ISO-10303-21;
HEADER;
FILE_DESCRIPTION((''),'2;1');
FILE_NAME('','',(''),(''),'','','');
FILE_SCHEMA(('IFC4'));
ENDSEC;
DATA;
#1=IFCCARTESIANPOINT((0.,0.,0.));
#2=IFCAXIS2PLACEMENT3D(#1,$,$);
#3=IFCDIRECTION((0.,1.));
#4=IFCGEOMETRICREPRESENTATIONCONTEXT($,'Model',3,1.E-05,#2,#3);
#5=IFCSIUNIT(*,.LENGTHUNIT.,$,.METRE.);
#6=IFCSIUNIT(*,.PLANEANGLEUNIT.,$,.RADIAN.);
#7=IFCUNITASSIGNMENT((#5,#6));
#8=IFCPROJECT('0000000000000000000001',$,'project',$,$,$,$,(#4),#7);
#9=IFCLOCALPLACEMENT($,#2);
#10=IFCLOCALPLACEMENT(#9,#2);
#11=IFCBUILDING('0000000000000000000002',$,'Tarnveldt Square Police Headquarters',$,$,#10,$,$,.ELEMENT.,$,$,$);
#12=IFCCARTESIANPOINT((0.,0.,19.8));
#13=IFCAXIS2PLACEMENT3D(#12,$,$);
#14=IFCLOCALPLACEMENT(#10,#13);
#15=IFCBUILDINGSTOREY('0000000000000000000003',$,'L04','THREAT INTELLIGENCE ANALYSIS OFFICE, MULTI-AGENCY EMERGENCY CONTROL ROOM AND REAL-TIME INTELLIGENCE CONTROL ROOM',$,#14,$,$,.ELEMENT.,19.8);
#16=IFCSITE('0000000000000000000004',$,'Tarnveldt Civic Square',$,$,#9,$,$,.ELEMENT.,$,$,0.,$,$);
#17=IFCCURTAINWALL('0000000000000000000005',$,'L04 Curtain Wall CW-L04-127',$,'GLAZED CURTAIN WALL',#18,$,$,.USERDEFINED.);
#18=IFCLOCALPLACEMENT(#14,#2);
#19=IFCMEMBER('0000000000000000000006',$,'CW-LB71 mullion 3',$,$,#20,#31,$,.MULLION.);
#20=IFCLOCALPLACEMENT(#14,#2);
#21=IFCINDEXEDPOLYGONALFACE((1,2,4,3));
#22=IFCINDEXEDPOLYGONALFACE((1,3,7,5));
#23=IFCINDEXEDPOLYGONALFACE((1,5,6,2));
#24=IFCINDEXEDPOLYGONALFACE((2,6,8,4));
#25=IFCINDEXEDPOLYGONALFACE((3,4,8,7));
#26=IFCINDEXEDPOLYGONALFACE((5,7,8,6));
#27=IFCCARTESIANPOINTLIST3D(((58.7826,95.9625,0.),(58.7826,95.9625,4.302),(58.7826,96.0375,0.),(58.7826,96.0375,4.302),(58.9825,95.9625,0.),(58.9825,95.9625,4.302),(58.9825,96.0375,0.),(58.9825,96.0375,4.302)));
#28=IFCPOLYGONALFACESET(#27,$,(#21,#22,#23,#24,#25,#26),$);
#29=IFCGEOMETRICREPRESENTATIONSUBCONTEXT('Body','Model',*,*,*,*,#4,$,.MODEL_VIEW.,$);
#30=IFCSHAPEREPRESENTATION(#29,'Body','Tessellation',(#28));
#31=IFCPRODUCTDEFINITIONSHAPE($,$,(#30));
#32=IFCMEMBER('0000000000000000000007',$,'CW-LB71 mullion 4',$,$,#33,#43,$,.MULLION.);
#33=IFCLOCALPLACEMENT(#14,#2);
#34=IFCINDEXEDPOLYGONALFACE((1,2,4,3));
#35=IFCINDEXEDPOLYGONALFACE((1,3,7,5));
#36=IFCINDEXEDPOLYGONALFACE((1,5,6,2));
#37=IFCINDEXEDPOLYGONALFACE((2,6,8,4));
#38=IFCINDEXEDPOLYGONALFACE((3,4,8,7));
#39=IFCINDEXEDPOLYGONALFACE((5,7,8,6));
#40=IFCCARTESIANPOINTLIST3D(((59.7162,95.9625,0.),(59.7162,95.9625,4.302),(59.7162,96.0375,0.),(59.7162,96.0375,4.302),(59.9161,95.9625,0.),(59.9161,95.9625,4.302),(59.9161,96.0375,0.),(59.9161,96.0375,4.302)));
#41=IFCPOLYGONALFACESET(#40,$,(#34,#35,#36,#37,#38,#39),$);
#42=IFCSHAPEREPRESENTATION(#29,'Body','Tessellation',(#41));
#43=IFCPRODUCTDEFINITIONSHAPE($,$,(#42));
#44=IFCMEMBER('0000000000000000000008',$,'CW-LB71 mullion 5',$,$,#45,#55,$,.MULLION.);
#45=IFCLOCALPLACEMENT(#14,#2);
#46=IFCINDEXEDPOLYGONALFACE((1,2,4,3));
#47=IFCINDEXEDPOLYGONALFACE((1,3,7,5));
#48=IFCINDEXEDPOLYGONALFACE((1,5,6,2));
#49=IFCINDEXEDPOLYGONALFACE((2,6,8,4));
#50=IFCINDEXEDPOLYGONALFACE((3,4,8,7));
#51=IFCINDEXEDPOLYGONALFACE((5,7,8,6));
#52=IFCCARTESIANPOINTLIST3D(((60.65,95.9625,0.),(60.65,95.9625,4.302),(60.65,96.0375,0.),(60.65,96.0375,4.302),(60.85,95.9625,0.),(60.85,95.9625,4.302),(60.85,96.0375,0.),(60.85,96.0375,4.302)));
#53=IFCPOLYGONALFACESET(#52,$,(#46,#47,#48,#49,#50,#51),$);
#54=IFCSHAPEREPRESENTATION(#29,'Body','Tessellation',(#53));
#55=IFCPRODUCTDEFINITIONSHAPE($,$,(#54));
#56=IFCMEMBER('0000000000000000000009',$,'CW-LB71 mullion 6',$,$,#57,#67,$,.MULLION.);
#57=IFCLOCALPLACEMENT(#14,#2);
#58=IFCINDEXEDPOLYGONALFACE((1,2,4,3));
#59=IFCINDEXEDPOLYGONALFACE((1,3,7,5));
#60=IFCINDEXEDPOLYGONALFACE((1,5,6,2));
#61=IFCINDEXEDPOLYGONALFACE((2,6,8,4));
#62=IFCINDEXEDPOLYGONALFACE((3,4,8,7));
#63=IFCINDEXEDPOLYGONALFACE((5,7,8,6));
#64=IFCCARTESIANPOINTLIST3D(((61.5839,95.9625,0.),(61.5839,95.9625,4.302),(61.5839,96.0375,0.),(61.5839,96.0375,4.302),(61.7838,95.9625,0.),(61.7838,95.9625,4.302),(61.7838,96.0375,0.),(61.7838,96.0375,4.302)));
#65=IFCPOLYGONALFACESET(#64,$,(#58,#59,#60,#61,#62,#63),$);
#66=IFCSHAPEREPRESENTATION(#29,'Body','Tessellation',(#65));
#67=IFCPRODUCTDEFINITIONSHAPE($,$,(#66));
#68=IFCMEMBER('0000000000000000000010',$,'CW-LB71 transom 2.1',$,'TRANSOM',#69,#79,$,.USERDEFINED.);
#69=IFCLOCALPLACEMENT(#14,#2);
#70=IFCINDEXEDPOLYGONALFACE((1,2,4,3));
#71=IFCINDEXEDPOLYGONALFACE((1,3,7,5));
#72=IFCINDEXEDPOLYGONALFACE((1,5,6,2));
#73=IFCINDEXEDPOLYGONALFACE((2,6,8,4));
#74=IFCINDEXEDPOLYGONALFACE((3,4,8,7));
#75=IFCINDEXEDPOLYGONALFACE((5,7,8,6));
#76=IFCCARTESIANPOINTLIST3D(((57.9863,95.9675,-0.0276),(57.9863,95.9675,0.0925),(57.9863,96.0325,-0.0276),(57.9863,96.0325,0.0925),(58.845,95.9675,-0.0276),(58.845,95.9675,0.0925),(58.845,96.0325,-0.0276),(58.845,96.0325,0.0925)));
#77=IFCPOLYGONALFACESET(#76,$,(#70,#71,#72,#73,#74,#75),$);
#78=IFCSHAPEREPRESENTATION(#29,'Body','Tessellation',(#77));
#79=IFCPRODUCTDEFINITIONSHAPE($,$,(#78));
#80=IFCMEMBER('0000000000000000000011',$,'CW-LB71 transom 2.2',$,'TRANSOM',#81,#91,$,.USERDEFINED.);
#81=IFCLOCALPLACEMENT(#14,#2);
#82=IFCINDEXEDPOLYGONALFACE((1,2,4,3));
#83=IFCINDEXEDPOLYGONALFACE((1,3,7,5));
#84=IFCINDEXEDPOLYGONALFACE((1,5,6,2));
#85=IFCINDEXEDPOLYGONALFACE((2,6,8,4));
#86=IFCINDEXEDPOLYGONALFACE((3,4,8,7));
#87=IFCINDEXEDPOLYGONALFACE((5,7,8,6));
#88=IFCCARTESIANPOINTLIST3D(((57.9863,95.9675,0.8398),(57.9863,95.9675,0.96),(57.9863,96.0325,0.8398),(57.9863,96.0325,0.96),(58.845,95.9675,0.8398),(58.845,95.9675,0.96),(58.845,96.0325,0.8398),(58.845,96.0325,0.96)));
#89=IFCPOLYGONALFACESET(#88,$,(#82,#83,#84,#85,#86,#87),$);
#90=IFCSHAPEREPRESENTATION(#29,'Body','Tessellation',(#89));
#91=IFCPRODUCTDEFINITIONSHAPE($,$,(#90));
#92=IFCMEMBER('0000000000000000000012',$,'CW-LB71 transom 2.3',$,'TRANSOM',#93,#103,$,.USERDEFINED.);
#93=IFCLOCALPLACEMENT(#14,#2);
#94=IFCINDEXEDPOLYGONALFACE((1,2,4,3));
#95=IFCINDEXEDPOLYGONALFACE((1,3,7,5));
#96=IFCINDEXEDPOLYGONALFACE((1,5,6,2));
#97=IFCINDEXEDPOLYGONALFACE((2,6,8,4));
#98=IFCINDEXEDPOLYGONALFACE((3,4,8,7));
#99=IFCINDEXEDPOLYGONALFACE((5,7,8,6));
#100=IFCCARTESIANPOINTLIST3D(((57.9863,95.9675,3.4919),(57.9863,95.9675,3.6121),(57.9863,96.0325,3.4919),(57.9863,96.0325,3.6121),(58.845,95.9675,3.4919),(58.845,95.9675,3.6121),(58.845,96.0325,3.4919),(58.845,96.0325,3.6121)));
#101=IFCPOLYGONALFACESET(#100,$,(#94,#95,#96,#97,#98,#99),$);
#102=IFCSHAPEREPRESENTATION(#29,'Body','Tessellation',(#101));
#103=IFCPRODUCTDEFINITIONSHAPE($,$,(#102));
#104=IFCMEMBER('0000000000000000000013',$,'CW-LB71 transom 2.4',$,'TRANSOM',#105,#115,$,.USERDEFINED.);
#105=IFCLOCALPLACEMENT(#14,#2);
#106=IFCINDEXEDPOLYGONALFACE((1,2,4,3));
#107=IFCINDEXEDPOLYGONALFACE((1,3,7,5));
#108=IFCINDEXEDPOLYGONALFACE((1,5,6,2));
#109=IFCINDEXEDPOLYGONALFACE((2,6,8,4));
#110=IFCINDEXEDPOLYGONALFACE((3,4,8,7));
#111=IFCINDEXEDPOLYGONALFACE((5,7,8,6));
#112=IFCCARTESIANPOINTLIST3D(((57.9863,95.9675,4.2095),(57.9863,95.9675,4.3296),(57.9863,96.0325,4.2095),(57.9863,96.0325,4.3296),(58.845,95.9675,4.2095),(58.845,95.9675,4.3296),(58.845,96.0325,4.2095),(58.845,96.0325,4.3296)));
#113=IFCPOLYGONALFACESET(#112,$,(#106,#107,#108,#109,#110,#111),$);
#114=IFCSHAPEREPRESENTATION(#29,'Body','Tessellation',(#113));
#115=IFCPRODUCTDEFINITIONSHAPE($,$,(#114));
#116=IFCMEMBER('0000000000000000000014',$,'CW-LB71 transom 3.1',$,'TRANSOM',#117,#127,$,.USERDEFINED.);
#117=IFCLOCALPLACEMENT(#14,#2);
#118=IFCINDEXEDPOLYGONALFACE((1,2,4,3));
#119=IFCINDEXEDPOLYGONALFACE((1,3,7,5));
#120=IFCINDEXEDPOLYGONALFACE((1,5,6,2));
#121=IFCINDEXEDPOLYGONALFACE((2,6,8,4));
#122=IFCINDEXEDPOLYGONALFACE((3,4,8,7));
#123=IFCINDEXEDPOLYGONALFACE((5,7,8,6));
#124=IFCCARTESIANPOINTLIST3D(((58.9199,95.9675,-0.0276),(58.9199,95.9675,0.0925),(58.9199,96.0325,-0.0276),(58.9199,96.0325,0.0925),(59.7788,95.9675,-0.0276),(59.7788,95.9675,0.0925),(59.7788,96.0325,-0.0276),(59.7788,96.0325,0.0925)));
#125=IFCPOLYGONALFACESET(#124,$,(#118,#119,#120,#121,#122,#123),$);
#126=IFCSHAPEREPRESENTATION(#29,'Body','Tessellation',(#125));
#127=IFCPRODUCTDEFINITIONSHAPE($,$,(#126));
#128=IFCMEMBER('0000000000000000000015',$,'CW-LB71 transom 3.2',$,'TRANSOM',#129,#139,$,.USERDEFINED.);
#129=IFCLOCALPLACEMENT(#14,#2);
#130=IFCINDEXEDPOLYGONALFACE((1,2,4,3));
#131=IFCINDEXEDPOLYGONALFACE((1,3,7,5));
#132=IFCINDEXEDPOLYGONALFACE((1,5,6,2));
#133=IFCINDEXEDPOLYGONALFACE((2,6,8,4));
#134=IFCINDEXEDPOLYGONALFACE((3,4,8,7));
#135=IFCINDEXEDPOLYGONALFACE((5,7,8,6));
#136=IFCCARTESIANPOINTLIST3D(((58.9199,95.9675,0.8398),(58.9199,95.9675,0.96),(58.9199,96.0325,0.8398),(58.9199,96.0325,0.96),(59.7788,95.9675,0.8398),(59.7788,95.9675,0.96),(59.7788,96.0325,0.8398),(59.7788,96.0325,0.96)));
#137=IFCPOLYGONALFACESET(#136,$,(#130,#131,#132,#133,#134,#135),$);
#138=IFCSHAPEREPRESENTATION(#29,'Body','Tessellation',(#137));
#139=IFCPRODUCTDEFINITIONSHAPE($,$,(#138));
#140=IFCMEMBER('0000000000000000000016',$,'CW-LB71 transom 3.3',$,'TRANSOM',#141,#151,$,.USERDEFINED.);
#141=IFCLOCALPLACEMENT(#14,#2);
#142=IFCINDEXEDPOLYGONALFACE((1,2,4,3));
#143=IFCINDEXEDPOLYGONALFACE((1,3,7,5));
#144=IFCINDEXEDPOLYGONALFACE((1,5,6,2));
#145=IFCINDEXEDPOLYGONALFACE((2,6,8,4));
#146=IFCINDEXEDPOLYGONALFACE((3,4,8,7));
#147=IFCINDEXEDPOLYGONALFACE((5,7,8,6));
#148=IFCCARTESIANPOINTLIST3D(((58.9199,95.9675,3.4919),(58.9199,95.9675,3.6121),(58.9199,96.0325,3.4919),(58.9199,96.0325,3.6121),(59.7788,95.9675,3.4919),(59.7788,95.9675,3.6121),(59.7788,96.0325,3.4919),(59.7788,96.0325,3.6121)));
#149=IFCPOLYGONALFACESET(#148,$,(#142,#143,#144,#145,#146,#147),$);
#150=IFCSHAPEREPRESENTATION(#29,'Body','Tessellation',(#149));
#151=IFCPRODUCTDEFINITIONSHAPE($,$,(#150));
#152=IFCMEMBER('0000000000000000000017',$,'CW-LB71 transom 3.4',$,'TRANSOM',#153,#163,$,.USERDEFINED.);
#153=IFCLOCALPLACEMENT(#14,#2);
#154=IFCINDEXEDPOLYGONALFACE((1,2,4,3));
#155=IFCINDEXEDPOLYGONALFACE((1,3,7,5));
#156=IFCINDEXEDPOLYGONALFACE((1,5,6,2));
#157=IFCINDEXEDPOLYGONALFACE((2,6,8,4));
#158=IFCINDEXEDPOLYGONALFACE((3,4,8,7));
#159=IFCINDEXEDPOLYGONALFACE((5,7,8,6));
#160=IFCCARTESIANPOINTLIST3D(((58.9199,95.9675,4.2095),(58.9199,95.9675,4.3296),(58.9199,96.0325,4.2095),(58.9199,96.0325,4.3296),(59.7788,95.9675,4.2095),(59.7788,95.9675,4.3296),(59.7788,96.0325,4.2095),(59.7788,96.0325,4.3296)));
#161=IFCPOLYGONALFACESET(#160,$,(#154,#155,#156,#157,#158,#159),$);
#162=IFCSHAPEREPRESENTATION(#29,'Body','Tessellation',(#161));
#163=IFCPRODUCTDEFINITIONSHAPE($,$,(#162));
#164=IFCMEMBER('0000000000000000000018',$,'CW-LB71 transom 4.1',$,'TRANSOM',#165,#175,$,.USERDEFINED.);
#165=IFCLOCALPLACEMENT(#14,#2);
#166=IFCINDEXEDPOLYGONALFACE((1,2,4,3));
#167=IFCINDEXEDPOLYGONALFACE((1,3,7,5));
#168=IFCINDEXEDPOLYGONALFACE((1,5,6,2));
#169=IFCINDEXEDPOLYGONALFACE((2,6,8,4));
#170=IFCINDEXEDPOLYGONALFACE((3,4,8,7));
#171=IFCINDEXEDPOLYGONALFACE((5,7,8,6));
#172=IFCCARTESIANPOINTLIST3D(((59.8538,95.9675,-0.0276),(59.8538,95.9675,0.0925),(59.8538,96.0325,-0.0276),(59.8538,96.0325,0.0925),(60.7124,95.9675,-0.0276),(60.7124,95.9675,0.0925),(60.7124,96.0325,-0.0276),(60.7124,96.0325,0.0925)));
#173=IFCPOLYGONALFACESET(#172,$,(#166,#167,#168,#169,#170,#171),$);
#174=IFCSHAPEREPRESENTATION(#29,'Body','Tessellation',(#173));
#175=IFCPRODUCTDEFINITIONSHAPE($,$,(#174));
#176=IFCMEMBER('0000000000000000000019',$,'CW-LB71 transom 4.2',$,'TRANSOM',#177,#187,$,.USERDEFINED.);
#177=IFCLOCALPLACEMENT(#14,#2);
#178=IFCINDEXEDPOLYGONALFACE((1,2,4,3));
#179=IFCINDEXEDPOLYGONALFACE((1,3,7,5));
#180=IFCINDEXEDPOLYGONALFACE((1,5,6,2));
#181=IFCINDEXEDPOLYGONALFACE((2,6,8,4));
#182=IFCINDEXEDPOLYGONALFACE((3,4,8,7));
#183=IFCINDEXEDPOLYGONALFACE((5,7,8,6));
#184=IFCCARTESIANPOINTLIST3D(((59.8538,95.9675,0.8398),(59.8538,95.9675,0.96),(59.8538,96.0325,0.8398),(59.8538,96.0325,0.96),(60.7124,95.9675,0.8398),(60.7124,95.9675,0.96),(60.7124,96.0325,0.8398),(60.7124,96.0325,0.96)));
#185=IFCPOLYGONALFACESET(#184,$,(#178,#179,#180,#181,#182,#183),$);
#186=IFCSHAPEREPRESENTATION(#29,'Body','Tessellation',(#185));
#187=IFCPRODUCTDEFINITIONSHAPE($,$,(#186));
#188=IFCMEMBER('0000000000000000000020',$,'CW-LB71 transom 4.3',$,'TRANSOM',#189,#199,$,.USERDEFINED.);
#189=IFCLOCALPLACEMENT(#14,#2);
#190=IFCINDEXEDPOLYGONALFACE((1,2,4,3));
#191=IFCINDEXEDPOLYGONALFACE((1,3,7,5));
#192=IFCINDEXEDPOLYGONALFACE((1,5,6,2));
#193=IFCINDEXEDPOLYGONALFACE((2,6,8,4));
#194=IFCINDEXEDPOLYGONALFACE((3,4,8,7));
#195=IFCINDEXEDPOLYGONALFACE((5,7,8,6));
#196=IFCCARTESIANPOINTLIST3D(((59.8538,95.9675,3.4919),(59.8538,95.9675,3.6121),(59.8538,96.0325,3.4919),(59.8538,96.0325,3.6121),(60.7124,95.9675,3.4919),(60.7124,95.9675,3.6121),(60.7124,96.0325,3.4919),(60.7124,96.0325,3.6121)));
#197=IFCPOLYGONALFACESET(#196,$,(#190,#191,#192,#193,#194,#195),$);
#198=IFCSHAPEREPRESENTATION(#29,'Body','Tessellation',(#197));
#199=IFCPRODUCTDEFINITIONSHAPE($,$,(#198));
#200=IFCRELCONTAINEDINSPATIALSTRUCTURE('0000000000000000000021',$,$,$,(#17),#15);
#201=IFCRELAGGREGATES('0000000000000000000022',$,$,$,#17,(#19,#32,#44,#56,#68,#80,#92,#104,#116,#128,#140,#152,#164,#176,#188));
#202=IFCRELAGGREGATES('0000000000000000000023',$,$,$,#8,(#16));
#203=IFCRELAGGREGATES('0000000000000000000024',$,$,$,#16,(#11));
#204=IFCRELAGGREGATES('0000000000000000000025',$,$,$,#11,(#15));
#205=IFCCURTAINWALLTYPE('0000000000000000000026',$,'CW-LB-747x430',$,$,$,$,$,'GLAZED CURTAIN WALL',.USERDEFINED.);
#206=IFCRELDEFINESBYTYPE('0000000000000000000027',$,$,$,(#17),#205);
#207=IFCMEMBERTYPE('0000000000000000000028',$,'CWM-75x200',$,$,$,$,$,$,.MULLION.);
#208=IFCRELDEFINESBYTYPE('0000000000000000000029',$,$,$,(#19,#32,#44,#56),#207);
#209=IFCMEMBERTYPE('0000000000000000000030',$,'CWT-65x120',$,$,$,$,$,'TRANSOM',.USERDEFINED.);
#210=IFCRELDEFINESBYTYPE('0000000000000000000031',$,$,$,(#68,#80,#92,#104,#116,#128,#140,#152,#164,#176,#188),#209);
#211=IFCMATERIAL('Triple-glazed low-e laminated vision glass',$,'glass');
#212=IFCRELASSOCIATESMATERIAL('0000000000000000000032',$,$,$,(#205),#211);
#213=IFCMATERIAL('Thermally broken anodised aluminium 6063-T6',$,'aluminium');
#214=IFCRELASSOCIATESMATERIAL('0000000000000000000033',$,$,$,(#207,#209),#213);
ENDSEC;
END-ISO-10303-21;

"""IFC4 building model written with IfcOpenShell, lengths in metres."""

from ifc_helpers import new_model, si_unit, direction, frame, origin, origin_2d, place, context, subcontext, project, spatial, rectangle, extrude, material, material_profile, profile_set, type_object, element, aggregate, save


model = new_model("IFC4")

# Units and contexts
model_context = context("Model", 3, precision=1e-05, world=origin(), true_north=direction((0.0, 1.0)))
body_context = subcontext(model_context, "Body", "Model", "MODEL_VIEW")
ifc_project = project(units=[si_unit("LENGTHUNIT", "METRE"), si_unit("PLANEANGLEUNIT", "RADIAN")], contexts=[model_context])

# Site, building, storey
site_placement = place(None, origin())
site = spatial("IfcSite", under=ifc_project, at=site_placement, Name="Tarnveldt Civic Square", CompositionType="ELEMENT", RefElevation=0.0)
building_placement = place(site_placement, origin())
building = spatial("IfcBuilding", under=site, at=building_placement, Name="Tarnveldt Square Police Headquarters", CompositionType="ELEMENT")
storey_placement = place(building_placement, frame((0.0, 0.0, 19.8)))
storey = spatial("IfcBuildingStorey", under=building, at=storey_placement, Name="L04", Description="THREAT INTELLIGENCE ANALYSIS OFFICE, MULTI-AGENCY EMERGENCY CONTROL ROOM AND REAL-TIME INTELLIGENCE CONTROL ROOM", CompositionType="ELEMENT", Elevation=19.8)

# Curtain wall, members
ifc_material_1 = material(Name="Triple-glazed low-e laminated vision glass", Category="glass")
curtain_wall_type = type_object("IfcCurtainWallType", Name="CW-LB-747x430", ElementType="GLAZED CURTAIN WALL", PredefinedType="USERDEFINED", material=ifc_material_1)
curtain_wall_placement = place(storey_placement, origin())
curtain_wall = element("IfcCurtainWall", 1, at=curtain_wall_placement, inside=storey, type_object=curtain_wall_type, Name="L04 Curtain Wall CW-L04-127", ObjectType="GLAZED CURTAIN WALL", PredefinedType="USERDEFINED")
ifc_material_2 = material(Name="Thermally broken anodised aluminium 6063-T6", Category="aluminium")
ifc_material_profile_1 = material_profile(ifc_material_2, rectangle(XDim=0.075, YDim=0.2, at=origin_2d()), Name="CW-M75x200")
ifc_profile_set_1 = profile_set([ifc_material_profile_1], Name="Thermally broken anodised aluminium 6063-T6")
member_type_1 = type_object("IfcMemberType", Name="CWM-75x200", PredefinedType="MULLION", material=ifc_profile_set_1)
member_1_placement = place(storey_placement, frame((58.8826, 96.0, 0.0), z_axis=(0.0, 0.0, 1.0), x_axis=(0.0, 1.0, 0.0)))
member_1 = element("IfcMember", 2, at=member_1_placement, type_object=member_type_1, Name="CW-LB71 mullion 3", PredefinedType="MULLION", context=body_context, shape_type="SweptSolid", body=[
    extrude(rectangle(XDim=0.075, YDim=0.2, at=origin_2d()), origin(), (0.0, 0.0, 1.0), 4.302),
])
member_2_placement = place(storey_placement, frame((59.8162, 96.0, 0.0), z_axis=(0.0, 0.0, 1.0), x_axis=(0.0, 1.0, 0.0)))
member_2 = element("IfcMember", 3, at=member_2_placement, type_object=member_type_1, Name="CW-LB71 mullion 4", PredefinedType="MULLION", context=body_context, shape_type="SweptSolid", body=[
    extrude(rectangle(XDim=0.075, YDim=0.2, at=origin_2d()), origin(), (0.0, 0.0, 1.0), 4.302),
])
member_3_placement = place(storey_placement, frame((60.75, 96.0, 0.0), z_axis=(0.0, 0.0, 1.0), x_axis=(0.0, 1.0, 0.0)))
member_3 = element("IfcMember", 4, at=member_3_placement, type_object=member_type_1, Name="CW-LB71 mullion 5", PredefinedType="MULLION", context=body_context, shape_type="SweptSolid", body=[
    extrude(rectangle(XDim=0.075, YDim=0.2, at=origin_2d()), origin(), (0.0, 0.0, 1.0), 4.302),
])
member_4_placement = place(storey_placement, frame((61.6838, 96.0, 0.0), z_axis=(0.0, 0.0, 1.0), x_axis=(0.0, 1.0, 0.0)))
member_4 = element("IfcMember", 5, at=member_4_placement, type_object=member_type_1, Name="CW-LB71 mullion 6", PredefinedType="MULLION", context=body_context, shape_type="SweptSolid", body=[
    extrude(rectangle(XDim=0.075, YDim=0.2, at=origin_2d()), origin(), (0.0, 0.0, 1.0), 4.302),
])
ifc_material_profile_2 = material_profile(ifc_material_2, rectangle(XDim=0.0649, YDim=0.1201, at=origin_2d()), Name="CW-T65x120")
ifc_profile_set_2 = profile_set([ifc_material_profile_2], Name="Thermally broken anodised aluminium 6063-T6")
member_type_2 = type_object("IfcMemberType", Name="CWT-65x120", ElementType="TRANSOM", PredefinedType="USERDEFINED", material=ifc_profile_set_2)
member_5_placement = place(storey_placement, frame((57.9863, 96.0, 0.0325), z_axis=(1.0, 0.0, 0.0), x_axis=(0.0, 1.0, 0.0)))
member_5 = element("IfcMember", 6, at=member_5_placement, type_object=member_type_2, Name="CW-LB71 transom 2.1", ObjectType="TRANSOM", PredefinedType="USERDEFINED", context=body_context, shape_type="SweptSolid", body=[
    extrude(rectangle(XDim=0.0649, YDim=0.1201, at=origin_2d()), origin(), (0.0, 0.0, 1.0), 0.8586),
])
member_6_placement = place(storey_placement, frame((57.9863, 96.0, 0.8999), z_axis=(1.0, 0.0, 0.0), x_axis=(0.0, 1.0, 0.0)))
member_6 = element("IfcMember", 7, at=member_6_placement, type_object=member_type_2, Name="CW-LB71 transom 2.2", ObjectType="TRANSOM", PredefinedType="USERDEFINED", context=body_context, shape_type="SweptSolid", body=[
    extrude(rectangle(XDim=0.0649, YDim=0.1201, at=origin_2d()), origin(), (0.0, 0.0, 1.0), 0.8586),
])
member_7_placement = place(storey_placement, frame((57.9863, 96.0, 3.552), z_axis=(1.0, 0.0, 0.0), x_axis=(0.0, 1.0, 0.0)))
member_7 = element("IfcMember", 8, at=member_7_placement, type_object=member_type_2, Name="CW-LB71 transom 2.3", ObjectType="TRANSOM", PredefinedType="USERDEFINED", context=body_context, shape_type="SweptSolid", body=[
    extrude(rectangle(XDim=0.0649, YDim=0.1201, at=origin_2d()), origin(), (0.0, 0.0, 1.0), 0.8586),
])
member_8_placement = place(storey_placement, frame((57.9863, 96.0, 4.2695), z_axis=(1.0, 0.0, 0.0), x_axis=(0.0, 1.0, 0.0)))
member_8 = element("IfcMember", 9, at=member_8_placement, type_object=member_type_2, Name="CW-LB71 transom 2.4", ObjectType="TRANSOM", PredefinedType="USERDEFINED", context=body_context, shape_type="SweptSolid", body=[
    extrude(rectangle(XDim=0.0649, YDim=0.1201, at=origin_2d()), origin(), (0.0, 0.0, 1.0), 0.8586),
])
member_9_placement = place(storey_placement, frame((58.9199, 96.0, 0.0325), z_axis=(1.0, 0.0, 0.0), x_axis=(0.0, 1.0, 0.0)))
member_9 = element("IfcMember", 10, at=member_9_placement, type_object=member_type_2, Name="CW-LB71 transom 3.1", ObjectType="TRANSOM", PredefinedType="USERDEFINED", context=body_context, shape_type="SweptSolid", body=[
    extrude(rectangle(XDim=0.0649, YDim=0.1201, at=origin_2d()), origin(), (0.0, 0.0, 1.0), 0.8589),
])
member_10_placement = place(storey_placement, frame((58.9199, 96.0, 0.8999), z_axis=(1.0, 0.0, 0.0), x_axis=(0.0, 1.0, 0.0)))
member_10 = element("IfcMember", 11, at=member_10_placement, type_object=member_type_2, Name="CW-LB71 transom 3.2", ObjectType="TRANSOM", PredefinedType="USERDEFINED", context=body_context, shape_type="SweptSolid", body=[
    extrude(rectangle(XDim=0.0649, YDim=0.1201, at=origin_2d()), origin(), (0.0, 0.0, 1.0), 0.8589),
])
member_11_placement = place(storey_placement, frame((58.9199, 96.0, 3.552), z_axis=(1.0, 0.0, 0.0), x_axis=(0.0, 1.0, 0.0)))
member_11 = element("IfcMember", 12, at=member_11_placement, type_object=member_type_2, Name="CW-LB71 transom 3.3", ObjectType="TRANSOM", PredefinedType="USERDEFINED", context=body_context, shape_type="SweptSolid", body=[
    extrude(rectangle(XDim=0.0649, YDim=0.1201, at=origin_2d()), origin(), (0.0, 0.0, 1.0), 0.8589),
])
member_12_placement = place(storey_placement, frame((58.9199, 96.0, 4.2695), z_axis=(1.0, 0.0, 0.0), x_axis=(0.0, 1.0, 0.0)))
member_12 = element("IfcMember", 13, at=member_12_placement, type_object=member_type_2, Name="CW-LB71 transom 3.4", ObjectType="TRANSOM", PredefinedType="USERDEFINED", context=body_context, shape_type="SweptSolid", body=[
    extrude(rectangle(XDim=0.0649, YDim=0.1201, at=origin_2d()), origin(), (0.0, 0.0, 1.0), 0.8589),
])
member_13_placement = place(storey_placement, frame((59.8538, 96.0, 0.0325), z_axis=(1.0, 0.0, 0.0), x_axis=(0.0, 1.0, 0.0)))
member_13 = element("IfcMember", 14, at=member_13_placement, type_object=member_type_2, Name="CW-LB71 transom 4.1", ObjectType="TRANSOM", PredefinedType="USERDEFINED", context=body_context, shape_type="SweptSolid", body=[
    extrude(rectangle(XDim=0.0649, YDim=0.1201, at=origin_2d()), origin(), (0.0, 0.0, 1.0), 0.8586),
])
member_14_placement = place(storey_placement, frame((59.8538, 96.0, 0.8999), z_axis=(1.0, 0.0, 0.0), x_axis=(0.0, 1.0, 0.0)))
member_14 = element("IfcMember", 15, at=member_14_placement, type_object=member_type_2, Name="CW-LB71 transom 4.2", ObjectType="TRANSOM", PredefinedType="USERDEFINED", context=body_context, shape_type="SweptSolid", body=[
    extrude(rectangle(XDim=0.0649, YDim=0.1201, at=origin_2d()), origin(), (0.0, 0.0, 1.0), 0.8586),
])
member_15_placement = place(storey_placement, frame((59.8538, 96.0, 3.552), z_axis=(1.0, 0.0, 0.0), x_axis=(0.0, 1.0, 0.0)))
member_15 = element("IfcMember", 16, at=member_15_placement, type_object=member_type_2, Name="CW-LB71 transom 4.3", ObjectType="TRANSOM", PredefinedType="USERDEFINED", context=body_context, shape_type="SweptSolid", body=[
    extrude(rectangle(XDim=0.0649, YDim=0.1201, at=origin_2d()), origin(), (0.0, 0.0, 1.0), 0.8586),
])
aggregate(curtain_wall, [member_1, member_2, member_3, member_4, member_5, member_6, member_7, member_8, member_9, member_10, member_11, member_12, member_13, member_14, member_15])

save(model, "model.ifc")
